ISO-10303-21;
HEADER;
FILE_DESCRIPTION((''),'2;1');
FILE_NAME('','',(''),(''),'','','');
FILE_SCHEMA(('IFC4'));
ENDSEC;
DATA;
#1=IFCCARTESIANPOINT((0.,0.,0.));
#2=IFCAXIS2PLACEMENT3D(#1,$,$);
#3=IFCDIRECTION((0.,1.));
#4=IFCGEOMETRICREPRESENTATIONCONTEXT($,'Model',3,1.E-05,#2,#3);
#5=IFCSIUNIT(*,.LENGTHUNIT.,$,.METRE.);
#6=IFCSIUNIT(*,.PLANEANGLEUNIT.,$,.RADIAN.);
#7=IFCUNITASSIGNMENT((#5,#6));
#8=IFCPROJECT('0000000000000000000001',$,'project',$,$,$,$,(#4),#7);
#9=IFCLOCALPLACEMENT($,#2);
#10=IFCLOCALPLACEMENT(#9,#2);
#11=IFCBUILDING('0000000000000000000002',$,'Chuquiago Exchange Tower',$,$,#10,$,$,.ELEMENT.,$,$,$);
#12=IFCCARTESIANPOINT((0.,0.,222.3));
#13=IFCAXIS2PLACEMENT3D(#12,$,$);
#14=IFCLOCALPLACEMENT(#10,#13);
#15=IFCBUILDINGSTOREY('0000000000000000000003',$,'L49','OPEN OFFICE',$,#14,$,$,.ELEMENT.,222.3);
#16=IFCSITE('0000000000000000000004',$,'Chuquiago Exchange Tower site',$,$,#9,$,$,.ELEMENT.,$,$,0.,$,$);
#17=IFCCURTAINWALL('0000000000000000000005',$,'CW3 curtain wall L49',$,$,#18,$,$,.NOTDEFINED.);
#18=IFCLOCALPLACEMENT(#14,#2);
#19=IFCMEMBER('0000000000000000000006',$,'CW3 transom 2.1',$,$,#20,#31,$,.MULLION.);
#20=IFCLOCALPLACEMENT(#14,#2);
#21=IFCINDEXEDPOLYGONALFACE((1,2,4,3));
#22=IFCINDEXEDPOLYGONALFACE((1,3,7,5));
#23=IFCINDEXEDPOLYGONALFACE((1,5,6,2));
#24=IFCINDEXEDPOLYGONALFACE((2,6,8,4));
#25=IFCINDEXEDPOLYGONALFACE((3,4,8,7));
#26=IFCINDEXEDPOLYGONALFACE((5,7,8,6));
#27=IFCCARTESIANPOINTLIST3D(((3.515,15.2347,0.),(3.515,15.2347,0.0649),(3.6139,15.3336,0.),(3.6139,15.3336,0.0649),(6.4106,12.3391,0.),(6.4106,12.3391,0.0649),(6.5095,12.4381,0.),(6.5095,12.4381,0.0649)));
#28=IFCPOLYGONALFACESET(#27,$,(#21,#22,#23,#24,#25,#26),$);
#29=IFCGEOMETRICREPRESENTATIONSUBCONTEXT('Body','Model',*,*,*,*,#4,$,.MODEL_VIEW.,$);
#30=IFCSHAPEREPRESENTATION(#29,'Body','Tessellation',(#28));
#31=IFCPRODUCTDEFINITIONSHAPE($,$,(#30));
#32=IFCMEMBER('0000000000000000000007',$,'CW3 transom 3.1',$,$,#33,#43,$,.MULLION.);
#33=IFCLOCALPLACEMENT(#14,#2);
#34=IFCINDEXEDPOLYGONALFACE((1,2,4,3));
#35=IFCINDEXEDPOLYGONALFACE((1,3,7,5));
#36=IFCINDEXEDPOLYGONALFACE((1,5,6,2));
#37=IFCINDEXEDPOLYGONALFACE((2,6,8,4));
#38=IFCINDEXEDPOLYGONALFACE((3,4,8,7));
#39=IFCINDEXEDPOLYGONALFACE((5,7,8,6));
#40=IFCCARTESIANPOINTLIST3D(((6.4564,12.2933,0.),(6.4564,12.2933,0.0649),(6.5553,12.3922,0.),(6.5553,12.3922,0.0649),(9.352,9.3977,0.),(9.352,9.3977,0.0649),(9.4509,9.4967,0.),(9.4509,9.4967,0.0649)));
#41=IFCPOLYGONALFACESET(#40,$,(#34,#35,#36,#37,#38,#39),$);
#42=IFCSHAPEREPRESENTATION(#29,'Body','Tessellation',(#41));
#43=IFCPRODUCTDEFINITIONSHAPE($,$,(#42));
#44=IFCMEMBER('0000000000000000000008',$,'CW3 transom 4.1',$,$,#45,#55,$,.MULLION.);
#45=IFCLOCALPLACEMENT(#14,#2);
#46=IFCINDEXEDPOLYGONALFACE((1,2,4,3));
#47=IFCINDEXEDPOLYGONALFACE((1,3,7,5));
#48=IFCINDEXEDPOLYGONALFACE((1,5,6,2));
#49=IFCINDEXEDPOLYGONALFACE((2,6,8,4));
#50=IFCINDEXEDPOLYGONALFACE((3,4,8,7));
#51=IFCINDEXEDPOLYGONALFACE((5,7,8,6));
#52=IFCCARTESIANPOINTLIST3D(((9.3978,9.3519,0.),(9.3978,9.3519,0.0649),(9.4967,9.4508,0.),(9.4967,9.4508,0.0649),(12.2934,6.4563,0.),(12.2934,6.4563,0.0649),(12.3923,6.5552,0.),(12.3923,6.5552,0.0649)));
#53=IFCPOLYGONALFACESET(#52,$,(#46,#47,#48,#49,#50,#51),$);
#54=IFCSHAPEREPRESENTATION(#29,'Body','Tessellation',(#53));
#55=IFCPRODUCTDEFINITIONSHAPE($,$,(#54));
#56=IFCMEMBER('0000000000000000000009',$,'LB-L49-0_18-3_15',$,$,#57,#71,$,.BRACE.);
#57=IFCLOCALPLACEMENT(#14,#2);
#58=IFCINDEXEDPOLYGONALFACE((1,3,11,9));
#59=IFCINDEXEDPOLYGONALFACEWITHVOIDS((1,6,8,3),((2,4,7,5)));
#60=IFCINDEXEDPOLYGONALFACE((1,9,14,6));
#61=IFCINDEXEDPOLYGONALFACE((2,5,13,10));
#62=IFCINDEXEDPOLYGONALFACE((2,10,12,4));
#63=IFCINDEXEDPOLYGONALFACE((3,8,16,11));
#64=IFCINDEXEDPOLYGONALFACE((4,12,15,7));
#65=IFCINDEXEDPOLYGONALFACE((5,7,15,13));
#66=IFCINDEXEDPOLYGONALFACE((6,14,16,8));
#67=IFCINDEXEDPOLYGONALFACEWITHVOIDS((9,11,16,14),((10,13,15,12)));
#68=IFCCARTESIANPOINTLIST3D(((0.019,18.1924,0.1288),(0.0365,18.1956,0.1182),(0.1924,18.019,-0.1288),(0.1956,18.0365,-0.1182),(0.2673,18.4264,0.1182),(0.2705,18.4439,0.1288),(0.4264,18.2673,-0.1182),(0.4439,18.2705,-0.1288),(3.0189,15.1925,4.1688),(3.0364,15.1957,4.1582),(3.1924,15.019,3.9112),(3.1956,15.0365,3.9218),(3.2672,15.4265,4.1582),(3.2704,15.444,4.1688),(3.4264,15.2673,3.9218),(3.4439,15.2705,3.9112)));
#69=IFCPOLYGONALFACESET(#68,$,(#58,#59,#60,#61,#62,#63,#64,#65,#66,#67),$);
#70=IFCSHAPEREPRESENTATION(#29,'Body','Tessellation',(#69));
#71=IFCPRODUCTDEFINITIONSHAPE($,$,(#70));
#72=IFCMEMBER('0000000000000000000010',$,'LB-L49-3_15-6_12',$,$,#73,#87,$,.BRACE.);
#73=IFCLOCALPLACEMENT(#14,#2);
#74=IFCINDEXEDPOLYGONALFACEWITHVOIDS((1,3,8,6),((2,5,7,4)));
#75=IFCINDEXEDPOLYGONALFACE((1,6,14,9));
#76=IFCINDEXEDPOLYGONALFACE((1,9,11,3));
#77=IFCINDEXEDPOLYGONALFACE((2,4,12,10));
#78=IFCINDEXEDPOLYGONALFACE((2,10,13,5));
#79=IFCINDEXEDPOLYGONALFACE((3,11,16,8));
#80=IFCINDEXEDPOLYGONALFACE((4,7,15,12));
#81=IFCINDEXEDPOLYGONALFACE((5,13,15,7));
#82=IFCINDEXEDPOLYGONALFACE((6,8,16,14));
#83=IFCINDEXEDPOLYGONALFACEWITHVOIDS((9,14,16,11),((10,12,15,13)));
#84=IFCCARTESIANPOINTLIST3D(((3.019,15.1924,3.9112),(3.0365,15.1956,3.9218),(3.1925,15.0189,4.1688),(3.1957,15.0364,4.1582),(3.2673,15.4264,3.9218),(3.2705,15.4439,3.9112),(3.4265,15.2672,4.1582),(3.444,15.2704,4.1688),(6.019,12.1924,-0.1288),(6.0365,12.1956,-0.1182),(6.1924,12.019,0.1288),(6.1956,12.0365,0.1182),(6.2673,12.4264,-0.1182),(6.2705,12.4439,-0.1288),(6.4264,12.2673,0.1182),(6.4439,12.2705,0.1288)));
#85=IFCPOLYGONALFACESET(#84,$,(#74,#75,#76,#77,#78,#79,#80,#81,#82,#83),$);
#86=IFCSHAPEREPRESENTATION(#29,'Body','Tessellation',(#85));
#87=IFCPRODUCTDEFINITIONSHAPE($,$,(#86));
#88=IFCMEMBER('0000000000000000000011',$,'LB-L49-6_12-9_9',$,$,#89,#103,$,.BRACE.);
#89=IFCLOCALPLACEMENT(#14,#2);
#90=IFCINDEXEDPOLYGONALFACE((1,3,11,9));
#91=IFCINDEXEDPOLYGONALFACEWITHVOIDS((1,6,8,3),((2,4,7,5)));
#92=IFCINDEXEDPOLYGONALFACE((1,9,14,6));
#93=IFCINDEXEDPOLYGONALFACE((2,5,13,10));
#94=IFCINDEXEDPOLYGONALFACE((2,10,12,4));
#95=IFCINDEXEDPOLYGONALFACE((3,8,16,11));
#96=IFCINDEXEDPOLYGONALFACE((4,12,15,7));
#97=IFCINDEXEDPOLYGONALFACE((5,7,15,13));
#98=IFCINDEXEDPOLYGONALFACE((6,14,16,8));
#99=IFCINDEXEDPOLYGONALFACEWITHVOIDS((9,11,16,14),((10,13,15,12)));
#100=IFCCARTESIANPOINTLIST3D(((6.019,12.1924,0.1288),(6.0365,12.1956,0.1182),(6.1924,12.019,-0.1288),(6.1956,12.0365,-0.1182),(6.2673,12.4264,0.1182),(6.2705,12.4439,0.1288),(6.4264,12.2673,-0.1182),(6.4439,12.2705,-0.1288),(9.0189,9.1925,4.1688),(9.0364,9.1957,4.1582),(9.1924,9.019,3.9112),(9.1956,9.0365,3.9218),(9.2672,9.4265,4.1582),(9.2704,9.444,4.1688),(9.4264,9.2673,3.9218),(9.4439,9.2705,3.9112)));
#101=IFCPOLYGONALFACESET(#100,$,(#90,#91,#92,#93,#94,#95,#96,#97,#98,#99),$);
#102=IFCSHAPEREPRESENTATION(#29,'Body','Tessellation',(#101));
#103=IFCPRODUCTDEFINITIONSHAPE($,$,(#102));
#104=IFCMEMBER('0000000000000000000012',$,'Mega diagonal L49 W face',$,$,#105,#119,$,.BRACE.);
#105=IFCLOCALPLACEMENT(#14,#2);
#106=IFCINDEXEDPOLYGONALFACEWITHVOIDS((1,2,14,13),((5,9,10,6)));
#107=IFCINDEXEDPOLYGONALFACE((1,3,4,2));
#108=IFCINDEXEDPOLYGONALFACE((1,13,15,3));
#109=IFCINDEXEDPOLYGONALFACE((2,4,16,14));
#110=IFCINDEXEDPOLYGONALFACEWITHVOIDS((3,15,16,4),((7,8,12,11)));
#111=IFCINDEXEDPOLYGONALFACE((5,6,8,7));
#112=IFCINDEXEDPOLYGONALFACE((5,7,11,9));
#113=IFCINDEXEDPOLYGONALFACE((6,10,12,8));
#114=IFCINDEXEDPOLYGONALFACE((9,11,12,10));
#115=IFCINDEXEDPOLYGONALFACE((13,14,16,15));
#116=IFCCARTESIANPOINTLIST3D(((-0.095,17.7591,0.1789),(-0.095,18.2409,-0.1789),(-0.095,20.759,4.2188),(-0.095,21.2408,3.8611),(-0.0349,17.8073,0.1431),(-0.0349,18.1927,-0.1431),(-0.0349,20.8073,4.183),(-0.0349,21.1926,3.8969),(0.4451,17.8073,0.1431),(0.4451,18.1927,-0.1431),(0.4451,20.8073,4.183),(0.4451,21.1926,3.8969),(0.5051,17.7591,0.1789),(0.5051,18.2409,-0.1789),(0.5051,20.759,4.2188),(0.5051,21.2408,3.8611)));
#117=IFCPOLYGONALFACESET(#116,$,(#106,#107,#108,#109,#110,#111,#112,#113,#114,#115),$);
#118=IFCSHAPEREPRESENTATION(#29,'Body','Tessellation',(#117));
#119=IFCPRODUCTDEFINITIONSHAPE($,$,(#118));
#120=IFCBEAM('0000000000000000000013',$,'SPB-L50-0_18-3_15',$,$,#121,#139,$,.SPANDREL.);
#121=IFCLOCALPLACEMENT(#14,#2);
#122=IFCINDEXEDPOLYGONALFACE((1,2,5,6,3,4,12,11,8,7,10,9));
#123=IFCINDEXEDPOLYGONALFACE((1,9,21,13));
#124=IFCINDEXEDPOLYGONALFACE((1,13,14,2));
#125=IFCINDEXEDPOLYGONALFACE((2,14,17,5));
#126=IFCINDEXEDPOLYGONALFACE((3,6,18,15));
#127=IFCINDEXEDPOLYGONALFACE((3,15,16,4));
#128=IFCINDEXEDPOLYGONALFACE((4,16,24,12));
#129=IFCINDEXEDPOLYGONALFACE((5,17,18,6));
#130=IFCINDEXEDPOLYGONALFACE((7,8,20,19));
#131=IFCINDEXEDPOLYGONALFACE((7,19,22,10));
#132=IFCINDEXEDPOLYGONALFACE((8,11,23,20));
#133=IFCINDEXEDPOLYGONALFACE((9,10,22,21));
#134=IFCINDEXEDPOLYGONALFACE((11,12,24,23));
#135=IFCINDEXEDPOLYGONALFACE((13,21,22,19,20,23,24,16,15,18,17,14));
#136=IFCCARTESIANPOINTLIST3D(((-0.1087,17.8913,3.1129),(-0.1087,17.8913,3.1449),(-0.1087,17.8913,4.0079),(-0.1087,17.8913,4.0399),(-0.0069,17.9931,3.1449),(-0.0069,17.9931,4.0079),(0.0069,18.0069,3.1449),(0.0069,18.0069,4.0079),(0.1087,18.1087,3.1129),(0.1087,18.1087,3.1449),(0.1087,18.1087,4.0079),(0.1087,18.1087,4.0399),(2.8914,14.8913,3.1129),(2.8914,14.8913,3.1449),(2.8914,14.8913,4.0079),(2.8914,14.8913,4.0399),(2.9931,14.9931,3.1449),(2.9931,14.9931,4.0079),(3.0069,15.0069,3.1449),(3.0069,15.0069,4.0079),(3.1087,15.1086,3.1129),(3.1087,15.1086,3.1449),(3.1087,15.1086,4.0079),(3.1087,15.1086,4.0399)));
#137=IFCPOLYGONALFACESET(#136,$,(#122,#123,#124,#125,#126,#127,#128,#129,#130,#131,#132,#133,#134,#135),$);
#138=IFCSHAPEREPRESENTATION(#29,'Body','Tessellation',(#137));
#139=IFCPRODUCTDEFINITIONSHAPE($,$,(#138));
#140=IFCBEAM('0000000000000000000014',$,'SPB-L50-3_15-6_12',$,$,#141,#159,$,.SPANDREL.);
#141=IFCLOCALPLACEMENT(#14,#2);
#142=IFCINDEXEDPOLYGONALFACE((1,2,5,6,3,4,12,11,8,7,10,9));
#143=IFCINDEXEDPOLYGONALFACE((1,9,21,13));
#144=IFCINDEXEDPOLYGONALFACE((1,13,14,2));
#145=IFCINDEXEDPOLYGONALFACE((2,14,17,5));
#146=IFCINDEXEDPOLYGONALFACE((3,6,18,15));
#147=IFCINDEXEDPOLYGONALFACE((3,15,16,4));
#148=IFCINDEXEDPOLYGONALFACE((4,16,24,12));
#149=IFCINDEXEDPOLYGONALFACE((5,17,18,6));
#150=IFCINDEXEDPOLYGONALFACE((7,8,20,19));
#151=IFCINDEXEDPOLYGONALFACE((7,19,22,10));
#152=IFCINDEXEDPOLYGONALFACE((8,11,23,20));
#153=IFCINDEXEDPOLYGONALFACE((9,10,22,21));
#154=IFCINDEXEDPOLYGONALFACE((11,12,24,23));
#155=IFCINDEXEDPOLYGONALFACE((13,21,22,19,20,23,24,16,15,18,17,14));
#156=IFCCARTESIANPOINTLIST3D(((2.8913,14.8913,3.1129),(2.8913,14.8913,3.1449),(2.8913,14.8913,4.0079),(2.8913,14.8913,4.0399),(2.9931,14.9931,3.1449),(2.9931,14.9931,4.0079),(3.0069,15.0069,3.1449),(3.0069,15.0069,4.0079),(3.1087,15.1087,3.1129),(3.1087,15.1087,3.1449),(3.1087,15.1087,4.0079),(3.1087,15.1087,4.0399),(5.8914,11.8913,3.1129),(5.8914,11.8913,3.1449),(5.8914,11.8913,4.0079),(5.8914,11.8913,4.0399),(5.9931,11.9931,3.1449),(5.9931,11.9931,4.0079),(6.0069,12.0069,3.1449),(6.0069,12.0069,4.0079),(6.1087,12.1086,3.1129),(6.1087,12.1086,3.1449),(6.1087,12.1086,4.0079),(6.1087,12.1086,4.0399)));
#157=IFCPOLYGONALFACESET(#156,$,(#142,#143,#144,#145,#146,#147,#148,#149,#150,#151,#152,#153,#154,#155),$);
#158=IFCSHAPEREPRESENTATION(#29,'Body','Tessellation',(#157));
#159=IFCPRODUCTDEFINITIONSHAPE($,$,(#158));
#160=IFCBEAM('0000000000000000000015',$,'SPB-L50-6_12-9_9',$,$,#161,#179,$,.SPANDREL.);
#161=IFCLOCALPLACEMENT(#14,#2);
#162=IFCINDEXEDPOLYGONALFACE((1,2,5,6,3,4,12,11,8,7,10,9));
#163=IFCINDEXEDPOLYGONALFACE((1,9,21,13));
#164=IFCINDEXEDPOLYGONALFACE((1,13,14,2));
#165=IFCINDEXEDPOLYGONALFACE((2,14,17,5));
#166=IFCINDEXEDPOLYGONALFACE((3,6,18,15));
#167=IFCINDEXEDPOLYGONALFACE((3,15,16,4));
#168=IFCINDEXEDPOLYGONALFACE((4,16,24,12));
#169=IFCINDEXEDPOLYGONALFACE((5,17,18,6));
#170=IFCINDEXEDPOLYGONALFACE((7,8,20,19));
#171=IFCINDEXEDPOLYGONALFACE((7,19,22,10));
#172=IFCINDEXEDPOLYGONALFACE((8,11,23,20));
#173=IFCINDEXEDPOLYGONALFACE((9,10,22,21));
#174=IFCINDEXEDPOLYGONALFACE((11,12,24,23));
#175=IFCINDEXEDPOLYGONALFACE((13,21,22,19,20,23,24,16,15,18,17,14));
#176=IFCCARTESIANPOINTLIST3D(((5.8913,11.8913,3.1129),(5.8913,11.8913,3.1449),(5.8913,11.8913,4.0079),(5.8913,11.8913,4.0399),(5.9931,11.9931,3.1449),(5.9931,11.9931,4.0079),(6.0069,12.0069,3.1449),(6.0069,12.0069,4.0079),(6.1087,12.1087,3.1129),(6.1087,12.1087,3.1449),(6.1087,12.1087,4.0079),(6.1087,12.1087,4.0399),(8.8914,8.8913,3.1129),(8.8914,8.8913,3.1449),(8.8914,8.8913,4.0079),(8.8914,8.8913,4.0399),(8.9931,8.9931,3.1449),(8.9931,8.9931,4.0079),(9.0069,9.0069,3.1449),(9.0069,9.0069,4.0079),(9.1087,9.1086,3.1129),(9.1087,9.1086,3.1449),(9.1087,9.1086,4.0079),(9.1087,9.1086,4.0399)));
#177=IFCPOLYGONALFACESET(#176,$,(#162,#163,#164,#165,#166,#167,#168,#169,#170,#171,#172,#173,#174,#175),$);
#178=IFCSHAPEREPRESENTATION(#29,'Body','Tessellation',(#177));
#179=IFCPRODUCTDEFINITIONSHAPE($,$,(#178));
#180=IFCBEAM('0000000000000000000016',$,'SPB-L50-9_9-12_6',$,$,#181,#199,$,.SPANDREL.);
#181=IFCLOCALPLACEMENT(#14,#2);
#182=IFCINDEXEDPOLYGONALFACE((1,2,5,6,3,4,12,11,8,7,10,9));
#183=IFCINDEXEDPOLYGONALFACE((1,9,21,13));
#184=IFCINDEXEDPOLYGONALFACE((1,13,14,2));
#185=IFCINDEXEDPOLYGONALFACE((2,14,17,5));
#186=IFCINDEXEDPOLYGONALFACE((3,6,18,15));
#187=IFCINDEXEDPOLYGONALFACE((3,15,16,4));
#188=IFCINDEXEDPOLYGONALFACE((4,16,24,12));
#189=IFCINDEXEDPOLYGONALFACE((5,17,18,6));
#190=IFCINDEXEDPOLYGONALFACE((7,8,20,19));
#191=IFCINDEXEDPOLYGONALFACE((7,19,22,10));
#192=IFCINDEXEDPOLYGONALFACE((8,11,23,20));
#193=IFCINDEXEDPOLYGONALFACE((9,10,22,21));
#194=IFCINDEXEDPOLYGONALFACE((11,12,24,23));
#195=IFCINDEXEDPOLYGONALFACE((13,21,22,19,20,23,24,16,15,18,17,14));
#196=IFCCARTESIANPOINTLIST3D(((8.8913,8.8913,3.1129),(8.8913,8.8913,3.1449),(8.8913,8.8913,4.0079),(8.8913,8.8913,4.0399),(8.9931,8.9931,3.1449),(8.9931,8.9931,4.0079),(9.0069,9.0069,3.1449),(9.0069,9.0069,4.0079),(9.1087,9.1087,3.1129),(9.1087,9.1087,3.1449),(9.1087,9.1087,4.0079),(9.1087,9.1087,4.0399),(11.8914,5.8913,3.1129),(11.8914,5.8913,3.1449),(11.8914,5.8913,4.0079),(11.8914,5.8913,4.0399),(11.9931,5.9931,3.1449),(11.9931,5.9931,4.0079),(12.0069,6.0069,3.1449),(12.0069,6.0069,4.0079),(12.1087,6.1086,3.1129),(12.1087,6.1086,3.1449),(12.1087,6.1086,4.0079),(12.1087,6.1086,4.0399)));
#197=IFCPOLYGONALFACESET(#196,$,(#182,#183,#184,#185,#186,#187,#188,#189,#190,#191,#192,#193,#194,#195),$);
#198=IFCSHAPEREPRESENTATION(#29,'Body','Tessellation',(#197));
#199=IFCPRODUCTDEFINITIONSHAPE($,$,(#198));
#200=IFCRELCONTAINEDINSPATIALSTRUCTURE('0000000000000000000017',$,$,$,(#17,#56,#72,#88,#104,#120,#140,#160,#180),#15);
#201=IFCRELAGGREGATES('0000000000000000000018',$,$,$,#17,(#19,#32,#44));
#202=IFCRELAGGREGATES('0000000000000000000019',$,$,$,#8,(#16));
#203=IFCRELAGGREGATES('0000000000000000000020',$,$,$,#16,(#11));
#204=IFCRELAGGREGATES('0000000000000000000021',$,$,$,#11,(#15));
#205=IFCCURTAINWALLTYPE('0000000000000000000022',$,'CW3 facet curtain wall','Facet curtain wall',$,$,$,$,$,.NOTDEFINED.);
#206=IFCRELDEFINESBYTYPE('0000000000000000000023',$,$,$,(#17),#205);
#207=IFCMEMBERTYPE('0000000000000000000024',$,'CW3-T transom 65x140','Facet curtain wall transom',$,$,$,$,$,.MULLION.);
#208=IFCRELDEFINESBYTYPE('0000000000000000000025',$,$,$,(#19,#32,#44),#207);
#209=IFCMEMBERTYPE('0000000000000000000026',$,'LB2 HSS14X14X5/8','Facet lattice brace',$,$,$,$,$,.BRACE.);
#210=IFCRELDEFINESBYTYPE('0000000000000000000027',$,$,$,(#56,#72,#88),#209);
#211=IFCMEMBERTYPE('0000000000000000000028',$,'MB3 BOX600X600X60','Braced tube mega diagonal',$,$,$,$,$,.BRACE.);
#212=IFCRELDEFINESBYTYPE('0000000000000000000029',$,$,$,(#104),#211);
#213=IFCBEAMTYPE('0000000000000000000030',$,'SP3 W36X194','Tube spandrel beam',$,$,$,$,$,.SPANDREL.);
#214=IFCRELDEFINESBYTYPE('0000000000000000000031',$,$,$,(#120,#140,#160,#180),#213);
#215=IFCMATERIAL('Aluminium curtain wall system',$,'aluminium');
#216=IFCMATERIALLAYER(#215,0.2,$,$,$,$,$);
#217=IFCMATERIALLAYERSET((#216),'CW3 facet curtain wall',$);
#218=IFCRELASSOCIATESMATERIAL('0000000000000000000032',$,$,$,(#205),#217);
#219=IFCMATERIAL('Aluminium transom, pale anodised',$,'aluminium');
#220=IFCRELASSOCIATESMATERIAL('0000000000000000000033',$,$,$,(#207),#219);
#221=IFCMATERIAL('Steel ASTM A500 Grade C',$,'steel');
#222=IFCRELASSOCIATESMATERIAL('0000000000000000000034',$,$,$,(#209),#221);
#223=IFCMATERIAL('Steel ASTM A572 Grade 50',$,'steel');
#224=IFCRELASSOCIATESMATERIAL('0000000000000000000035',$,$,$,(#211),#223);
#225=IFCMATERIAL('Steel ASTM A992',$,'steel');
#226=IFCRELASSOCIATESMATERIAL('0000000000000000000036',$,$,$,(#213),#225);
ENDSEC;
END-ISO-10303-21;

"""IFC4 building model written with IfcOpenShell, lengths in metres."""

from ifc_helpers import new_model, si_unit, direction, frame, origin, origin_2d, place, context, subcontext, project, spatial, rectangle, hollow_rectangle, i_section, extrude, material, layer, layer_set, material_profile, profile_set, type_object, element, aggregate, save


model = new_model("IFC4")

# Units and contexts
model_context = context("Model", 3, precision=1e-05, world=origin(), true_north=direction((0.0, 1.0)))
body_context = subcontext(model_context, "Body", "Model", "MODEL_VIEW")
ifc_project = project(units=[si_unit("LENGTHUNIT", "METRE"), si_unit("PLANEANGLEUNIT", "RADIAN")], contexts=[model_context])

# Site, building, storey
site_placement = place(None, origin())
site = spatial("IfcSite", under=ifc_project, at=site_placement, Name="Chuquiago Exchange Tower site", CompositionType="ELEMENT", RefElevation=0.0)
building_placement = place(site_placement, origin())
building = spatial("IfcBuilding", under=site, at=building_placement, Name="Chuquiago Exchange Tower", CompositionType="ELEMENT")
storey_placement = place(building_placement, frame((0.0, 0.0, 222.3)))
storey = spatial("IfcBuildingStorey", under=building, at=storey_placement, Name="L49", Description="OPEN OFFICE", CompositionType="ELEMENT", Elevation=222.3)

# Curtain wall, members
ifc_material_1 = material(Name="Aluminium curtain wall system", Category="aluminium")
ifc_layer_1 = layer(ifc_material_1, 0.2)
ifc_layer_set_1 = layer_set([ifc_layer_1], Name="CW3 facet curtain wall")
curtain_wall_type_1 = type_object("IfcCurtainWallType", Name="CW3 facet curtain wall", Description="Facet curtain wall", PredefinedType="NOTDEFINED", material=ifc_layer_set_1)
curtain_wall_1_placement = place(storey_placement, origin())
curtain_wall_1 = element("IfcCurtainWall", 1, at=curtain_wall_1_placement, inside=storey, type_object=curtain_wall_type_1, Name="CW3 curtain wall L49", PredefinedType="NOTDEFINED")
ifc_material_2 = material(Name="Aluminium transom, pale anodised", Category="aluminium")
ifc_material_profile_1 = material_profile(ifc_material_2, rectangle(XDim=0.1399, YDim=0.0649, at=origin_2d()), Name="AL 140x65")
ifc_profile_set_1 = profile_set([ifc_material_profile_1], Name="Aluminium transom, pale anodised")
member_type_1 = type_object("IfcMemberType", Name="CW3-T transom 65x140", Description="Facet curtain wall transom", PredefinedType="MULLION", material=ifc_profile_set_1)
member_1_placement = place(storey_placement, frame((3.5645, 15.2842, 0.0325), z_axis=(0.707107, -0.707107, 0.0), x_axis=(0.707107, 0.707107, 0.0)))
member_1 = element("IfcMember", 2, at=member_1_placement, type_object=member_type_1, Name="CW3 transom 2.1", PredefinedType="MULLION", context=body_context, shape_type="SweptSolid", body=[
    extrude(rectangle(XDim=0.1399, YDim=0.0649, at=origin_2d()), origin(), (0.0, 0.0, 1.0), 4.095),
])
member_2_placement = place(storey_placement, frame((6.5059, 12.3428, 0.0325), z_axis=(0.707107, -0.707107, 0.0), x_axis=(0.707107, 0.707107, 0.0)))
member_2 = element("IfcMember", 3, at=member_2_placement, type_object=member_type_1, Name="CW3 transom 3.1", PredefinedType="MULLION", context=body_context, shape_type="SweptSolid", body=[
    extrude(rectangle(XDim=0.1399, YDim=0.0649, at=origin_2d()), origin(), (0.0, 0.0, 1.0), 4.095),
])
member_3_placement = place(storey_placement, frame((9.4473, 9.4014, 0.0325), z_axis=(0.707107, -0.707107, 0.0), x_axis=(0.707107, 0.707107, 0.0)))
member_3 = element("IfcMember", 4, at=member_3_placement, type_object=member_type_1, Name="CW3 transom 4.1", PredefinedType="MULLION", context=body_context, shape_type="SweptSolid", body=[
    extrude(rectangle(XDim=0.1399, YDim=0.0649, at=origin_2d()), origin(), (0.0, 0.0, 1.0), 4.095),
])

# Members
ifc_material_3 = material(Name="Steel ASTM A500 Grade C", Category="steel")
ifc_material_profile_2 = material_profile(ifc_material_3, hollow_rectangle(XDim=0.3557, YDim=0.3557, WallThickness=0.0146, at=origin_2d()), Name="HSS14X14X5/8")
ifc_profile_set_2 = profile_set([ifc_material_profile_2], Name="Steel ASTM A500 Grade C")
member_type_2 = type_object("IfcMemberType", Name="LB2 HSS14X14X5/8", Description="Facet lattice brace", PredefinedType="BRACE", material=ifc_profile_set_2)
for number, where, z_axis, x_axis, name in (
    (5, (0.2314, 18.2314, 0.0), (0.512077, -0.512077, 0.689604), (0.707107, 0.707107, 0.0), "LB-L49-0_18-3_15"),
    (6, (6.2314, 12.2314, 0.0), (-0.512077, 0.512077, 0.689604), (-0.707107, -0.707107, 0.0), "LB-L49-3_15-6_12"),
    (7, (6.2314, 12.2314, 0.0), (0.512077, -0.512077, 0.689604), (0.707107, 0.707107, 0.0), "LB-L49-6_12-9_9"),
):
    element("IfcMember", number, at=place(storey_placement, frame(where, z_axis=z_axis, x_axis=x_axis)), inside=storey, type_object=member_type_2, Name=name, PredefinedType="BRACE", context=body_context, shape_type="SweptSolid", body=[
        extrude(hollow_rectangle(XDim=0.3557, YDim=0.3557, WallThickness=0.0146, at=origin_2d()), origin(), (0.0, 0.0, 1.0), 5.8584),
    ])
ifc_material_4 = material(Name="Steel ASTM A572 Grade 50", Category="steel")
ifc_material_profile_3 = material_profile(ifc_material_4, hollow_rectangle(XDim=0.6001, YDim=0.6001, WallThickness=0.0601, at=origin_2d()), Name="BOX600X600X60")
ifc_profile_set_3 = profile_set([ifc_material_profile_3], Name="Steel ASTM A572 Grade 50")
member_type_3 = type_object("IfcMemberType", Name="MB3 BOX600X600X60", Description="Braced tube mega diagonal", PredefinedType="BRACE", material=ifc_profile_set_3)
member_4_placement = place(storey_placement, frame((0.2051, 18.0, 0.0), z_axis=(0.0, 0.596174, 0.802855), x_axis=(-1.0, 0.0, 0.0)))
element("IfcMember", 8, at=member_4_placement, inside=storey, type_object=member_type_3, Name="Mega diagonal L49 W face", PredefinedType="BRACE", context=body_context, shape_type="SweptSolid", body=[
    extrude(hollow_rectangle(XDim=0.6001, YDim=0.6001, WallThickness=0.0601, at=origin_2d()), origin(), (0.0, 0.0, 1.0), 5.032),
])

# Beams
ifc_material_5 = material(Name="Steel ASTM A992", Category="steel")
ifc_material_profile_4 = material_profile(ifc_material_5, i_section(OverallWidth=0.3074, OverallDepth=0.927, WebThickness=0.0195, FlangeThickness=0.032, at=origin_2d()), Name="W36X194")
ifc_profile_set_4 = profile_set([ifc_material_profile_4], Name="Steel ASTM A992")
beam_type = type_object("IfcBeamType", Name="SP3 W36X194", Description="Tube spandrel beam", PredefinedType="SPANDREL", material=ifc_profile_set_4)
for number, where, z_axis, x_axis, name in (
    (9, (0.0, 18.0, 3.5764), (0.707107, -0.707107, 0.0), (0.707107, 0.707107, 0.0), "SPB-L50-0_18-3_15"),
    (10, (3.0, 15.0, 3.5764), (0.707107, -0.707107, 0.0), (0.707107, 0.707107, 0.0), "SPB-L50-3_15-6_12"),
    (11, (6.0, 12.0, 3.5764), (0.707107, -0.707107, 0.0), (0.707107, 0.707107, 0.0), "SPB-L50-6_12-9_9"),
    (12, (9.0, 9.0, 3.5764), (0.707107, -0.707107, 0.0), (0.707107, 0.707107, 0.0), "SPB-L50-9_9-12_6"),
):
    element("IfcBeam", number, at=place(storey_placement, frame(where, z_axis=z_axis, x_axis=x_axis)), inside=storey, type_object=beam_type, Name=name, PredefinedType="SPANDREL", context=body_context, shape_type="SweptSolid", body=[
        extrude(i_section(OverallWidth=0.3074, OverallDepth=0.927, WebThickness=0.0195, FlangeThickness=0.032, at=origin_2d()), origin(), (0.0, 0.0, 1.0), 4.2427),
    ])

aggregate(curtain_wall_1, [member_1, member_2, member_3])

save(model, "model.ifc")
